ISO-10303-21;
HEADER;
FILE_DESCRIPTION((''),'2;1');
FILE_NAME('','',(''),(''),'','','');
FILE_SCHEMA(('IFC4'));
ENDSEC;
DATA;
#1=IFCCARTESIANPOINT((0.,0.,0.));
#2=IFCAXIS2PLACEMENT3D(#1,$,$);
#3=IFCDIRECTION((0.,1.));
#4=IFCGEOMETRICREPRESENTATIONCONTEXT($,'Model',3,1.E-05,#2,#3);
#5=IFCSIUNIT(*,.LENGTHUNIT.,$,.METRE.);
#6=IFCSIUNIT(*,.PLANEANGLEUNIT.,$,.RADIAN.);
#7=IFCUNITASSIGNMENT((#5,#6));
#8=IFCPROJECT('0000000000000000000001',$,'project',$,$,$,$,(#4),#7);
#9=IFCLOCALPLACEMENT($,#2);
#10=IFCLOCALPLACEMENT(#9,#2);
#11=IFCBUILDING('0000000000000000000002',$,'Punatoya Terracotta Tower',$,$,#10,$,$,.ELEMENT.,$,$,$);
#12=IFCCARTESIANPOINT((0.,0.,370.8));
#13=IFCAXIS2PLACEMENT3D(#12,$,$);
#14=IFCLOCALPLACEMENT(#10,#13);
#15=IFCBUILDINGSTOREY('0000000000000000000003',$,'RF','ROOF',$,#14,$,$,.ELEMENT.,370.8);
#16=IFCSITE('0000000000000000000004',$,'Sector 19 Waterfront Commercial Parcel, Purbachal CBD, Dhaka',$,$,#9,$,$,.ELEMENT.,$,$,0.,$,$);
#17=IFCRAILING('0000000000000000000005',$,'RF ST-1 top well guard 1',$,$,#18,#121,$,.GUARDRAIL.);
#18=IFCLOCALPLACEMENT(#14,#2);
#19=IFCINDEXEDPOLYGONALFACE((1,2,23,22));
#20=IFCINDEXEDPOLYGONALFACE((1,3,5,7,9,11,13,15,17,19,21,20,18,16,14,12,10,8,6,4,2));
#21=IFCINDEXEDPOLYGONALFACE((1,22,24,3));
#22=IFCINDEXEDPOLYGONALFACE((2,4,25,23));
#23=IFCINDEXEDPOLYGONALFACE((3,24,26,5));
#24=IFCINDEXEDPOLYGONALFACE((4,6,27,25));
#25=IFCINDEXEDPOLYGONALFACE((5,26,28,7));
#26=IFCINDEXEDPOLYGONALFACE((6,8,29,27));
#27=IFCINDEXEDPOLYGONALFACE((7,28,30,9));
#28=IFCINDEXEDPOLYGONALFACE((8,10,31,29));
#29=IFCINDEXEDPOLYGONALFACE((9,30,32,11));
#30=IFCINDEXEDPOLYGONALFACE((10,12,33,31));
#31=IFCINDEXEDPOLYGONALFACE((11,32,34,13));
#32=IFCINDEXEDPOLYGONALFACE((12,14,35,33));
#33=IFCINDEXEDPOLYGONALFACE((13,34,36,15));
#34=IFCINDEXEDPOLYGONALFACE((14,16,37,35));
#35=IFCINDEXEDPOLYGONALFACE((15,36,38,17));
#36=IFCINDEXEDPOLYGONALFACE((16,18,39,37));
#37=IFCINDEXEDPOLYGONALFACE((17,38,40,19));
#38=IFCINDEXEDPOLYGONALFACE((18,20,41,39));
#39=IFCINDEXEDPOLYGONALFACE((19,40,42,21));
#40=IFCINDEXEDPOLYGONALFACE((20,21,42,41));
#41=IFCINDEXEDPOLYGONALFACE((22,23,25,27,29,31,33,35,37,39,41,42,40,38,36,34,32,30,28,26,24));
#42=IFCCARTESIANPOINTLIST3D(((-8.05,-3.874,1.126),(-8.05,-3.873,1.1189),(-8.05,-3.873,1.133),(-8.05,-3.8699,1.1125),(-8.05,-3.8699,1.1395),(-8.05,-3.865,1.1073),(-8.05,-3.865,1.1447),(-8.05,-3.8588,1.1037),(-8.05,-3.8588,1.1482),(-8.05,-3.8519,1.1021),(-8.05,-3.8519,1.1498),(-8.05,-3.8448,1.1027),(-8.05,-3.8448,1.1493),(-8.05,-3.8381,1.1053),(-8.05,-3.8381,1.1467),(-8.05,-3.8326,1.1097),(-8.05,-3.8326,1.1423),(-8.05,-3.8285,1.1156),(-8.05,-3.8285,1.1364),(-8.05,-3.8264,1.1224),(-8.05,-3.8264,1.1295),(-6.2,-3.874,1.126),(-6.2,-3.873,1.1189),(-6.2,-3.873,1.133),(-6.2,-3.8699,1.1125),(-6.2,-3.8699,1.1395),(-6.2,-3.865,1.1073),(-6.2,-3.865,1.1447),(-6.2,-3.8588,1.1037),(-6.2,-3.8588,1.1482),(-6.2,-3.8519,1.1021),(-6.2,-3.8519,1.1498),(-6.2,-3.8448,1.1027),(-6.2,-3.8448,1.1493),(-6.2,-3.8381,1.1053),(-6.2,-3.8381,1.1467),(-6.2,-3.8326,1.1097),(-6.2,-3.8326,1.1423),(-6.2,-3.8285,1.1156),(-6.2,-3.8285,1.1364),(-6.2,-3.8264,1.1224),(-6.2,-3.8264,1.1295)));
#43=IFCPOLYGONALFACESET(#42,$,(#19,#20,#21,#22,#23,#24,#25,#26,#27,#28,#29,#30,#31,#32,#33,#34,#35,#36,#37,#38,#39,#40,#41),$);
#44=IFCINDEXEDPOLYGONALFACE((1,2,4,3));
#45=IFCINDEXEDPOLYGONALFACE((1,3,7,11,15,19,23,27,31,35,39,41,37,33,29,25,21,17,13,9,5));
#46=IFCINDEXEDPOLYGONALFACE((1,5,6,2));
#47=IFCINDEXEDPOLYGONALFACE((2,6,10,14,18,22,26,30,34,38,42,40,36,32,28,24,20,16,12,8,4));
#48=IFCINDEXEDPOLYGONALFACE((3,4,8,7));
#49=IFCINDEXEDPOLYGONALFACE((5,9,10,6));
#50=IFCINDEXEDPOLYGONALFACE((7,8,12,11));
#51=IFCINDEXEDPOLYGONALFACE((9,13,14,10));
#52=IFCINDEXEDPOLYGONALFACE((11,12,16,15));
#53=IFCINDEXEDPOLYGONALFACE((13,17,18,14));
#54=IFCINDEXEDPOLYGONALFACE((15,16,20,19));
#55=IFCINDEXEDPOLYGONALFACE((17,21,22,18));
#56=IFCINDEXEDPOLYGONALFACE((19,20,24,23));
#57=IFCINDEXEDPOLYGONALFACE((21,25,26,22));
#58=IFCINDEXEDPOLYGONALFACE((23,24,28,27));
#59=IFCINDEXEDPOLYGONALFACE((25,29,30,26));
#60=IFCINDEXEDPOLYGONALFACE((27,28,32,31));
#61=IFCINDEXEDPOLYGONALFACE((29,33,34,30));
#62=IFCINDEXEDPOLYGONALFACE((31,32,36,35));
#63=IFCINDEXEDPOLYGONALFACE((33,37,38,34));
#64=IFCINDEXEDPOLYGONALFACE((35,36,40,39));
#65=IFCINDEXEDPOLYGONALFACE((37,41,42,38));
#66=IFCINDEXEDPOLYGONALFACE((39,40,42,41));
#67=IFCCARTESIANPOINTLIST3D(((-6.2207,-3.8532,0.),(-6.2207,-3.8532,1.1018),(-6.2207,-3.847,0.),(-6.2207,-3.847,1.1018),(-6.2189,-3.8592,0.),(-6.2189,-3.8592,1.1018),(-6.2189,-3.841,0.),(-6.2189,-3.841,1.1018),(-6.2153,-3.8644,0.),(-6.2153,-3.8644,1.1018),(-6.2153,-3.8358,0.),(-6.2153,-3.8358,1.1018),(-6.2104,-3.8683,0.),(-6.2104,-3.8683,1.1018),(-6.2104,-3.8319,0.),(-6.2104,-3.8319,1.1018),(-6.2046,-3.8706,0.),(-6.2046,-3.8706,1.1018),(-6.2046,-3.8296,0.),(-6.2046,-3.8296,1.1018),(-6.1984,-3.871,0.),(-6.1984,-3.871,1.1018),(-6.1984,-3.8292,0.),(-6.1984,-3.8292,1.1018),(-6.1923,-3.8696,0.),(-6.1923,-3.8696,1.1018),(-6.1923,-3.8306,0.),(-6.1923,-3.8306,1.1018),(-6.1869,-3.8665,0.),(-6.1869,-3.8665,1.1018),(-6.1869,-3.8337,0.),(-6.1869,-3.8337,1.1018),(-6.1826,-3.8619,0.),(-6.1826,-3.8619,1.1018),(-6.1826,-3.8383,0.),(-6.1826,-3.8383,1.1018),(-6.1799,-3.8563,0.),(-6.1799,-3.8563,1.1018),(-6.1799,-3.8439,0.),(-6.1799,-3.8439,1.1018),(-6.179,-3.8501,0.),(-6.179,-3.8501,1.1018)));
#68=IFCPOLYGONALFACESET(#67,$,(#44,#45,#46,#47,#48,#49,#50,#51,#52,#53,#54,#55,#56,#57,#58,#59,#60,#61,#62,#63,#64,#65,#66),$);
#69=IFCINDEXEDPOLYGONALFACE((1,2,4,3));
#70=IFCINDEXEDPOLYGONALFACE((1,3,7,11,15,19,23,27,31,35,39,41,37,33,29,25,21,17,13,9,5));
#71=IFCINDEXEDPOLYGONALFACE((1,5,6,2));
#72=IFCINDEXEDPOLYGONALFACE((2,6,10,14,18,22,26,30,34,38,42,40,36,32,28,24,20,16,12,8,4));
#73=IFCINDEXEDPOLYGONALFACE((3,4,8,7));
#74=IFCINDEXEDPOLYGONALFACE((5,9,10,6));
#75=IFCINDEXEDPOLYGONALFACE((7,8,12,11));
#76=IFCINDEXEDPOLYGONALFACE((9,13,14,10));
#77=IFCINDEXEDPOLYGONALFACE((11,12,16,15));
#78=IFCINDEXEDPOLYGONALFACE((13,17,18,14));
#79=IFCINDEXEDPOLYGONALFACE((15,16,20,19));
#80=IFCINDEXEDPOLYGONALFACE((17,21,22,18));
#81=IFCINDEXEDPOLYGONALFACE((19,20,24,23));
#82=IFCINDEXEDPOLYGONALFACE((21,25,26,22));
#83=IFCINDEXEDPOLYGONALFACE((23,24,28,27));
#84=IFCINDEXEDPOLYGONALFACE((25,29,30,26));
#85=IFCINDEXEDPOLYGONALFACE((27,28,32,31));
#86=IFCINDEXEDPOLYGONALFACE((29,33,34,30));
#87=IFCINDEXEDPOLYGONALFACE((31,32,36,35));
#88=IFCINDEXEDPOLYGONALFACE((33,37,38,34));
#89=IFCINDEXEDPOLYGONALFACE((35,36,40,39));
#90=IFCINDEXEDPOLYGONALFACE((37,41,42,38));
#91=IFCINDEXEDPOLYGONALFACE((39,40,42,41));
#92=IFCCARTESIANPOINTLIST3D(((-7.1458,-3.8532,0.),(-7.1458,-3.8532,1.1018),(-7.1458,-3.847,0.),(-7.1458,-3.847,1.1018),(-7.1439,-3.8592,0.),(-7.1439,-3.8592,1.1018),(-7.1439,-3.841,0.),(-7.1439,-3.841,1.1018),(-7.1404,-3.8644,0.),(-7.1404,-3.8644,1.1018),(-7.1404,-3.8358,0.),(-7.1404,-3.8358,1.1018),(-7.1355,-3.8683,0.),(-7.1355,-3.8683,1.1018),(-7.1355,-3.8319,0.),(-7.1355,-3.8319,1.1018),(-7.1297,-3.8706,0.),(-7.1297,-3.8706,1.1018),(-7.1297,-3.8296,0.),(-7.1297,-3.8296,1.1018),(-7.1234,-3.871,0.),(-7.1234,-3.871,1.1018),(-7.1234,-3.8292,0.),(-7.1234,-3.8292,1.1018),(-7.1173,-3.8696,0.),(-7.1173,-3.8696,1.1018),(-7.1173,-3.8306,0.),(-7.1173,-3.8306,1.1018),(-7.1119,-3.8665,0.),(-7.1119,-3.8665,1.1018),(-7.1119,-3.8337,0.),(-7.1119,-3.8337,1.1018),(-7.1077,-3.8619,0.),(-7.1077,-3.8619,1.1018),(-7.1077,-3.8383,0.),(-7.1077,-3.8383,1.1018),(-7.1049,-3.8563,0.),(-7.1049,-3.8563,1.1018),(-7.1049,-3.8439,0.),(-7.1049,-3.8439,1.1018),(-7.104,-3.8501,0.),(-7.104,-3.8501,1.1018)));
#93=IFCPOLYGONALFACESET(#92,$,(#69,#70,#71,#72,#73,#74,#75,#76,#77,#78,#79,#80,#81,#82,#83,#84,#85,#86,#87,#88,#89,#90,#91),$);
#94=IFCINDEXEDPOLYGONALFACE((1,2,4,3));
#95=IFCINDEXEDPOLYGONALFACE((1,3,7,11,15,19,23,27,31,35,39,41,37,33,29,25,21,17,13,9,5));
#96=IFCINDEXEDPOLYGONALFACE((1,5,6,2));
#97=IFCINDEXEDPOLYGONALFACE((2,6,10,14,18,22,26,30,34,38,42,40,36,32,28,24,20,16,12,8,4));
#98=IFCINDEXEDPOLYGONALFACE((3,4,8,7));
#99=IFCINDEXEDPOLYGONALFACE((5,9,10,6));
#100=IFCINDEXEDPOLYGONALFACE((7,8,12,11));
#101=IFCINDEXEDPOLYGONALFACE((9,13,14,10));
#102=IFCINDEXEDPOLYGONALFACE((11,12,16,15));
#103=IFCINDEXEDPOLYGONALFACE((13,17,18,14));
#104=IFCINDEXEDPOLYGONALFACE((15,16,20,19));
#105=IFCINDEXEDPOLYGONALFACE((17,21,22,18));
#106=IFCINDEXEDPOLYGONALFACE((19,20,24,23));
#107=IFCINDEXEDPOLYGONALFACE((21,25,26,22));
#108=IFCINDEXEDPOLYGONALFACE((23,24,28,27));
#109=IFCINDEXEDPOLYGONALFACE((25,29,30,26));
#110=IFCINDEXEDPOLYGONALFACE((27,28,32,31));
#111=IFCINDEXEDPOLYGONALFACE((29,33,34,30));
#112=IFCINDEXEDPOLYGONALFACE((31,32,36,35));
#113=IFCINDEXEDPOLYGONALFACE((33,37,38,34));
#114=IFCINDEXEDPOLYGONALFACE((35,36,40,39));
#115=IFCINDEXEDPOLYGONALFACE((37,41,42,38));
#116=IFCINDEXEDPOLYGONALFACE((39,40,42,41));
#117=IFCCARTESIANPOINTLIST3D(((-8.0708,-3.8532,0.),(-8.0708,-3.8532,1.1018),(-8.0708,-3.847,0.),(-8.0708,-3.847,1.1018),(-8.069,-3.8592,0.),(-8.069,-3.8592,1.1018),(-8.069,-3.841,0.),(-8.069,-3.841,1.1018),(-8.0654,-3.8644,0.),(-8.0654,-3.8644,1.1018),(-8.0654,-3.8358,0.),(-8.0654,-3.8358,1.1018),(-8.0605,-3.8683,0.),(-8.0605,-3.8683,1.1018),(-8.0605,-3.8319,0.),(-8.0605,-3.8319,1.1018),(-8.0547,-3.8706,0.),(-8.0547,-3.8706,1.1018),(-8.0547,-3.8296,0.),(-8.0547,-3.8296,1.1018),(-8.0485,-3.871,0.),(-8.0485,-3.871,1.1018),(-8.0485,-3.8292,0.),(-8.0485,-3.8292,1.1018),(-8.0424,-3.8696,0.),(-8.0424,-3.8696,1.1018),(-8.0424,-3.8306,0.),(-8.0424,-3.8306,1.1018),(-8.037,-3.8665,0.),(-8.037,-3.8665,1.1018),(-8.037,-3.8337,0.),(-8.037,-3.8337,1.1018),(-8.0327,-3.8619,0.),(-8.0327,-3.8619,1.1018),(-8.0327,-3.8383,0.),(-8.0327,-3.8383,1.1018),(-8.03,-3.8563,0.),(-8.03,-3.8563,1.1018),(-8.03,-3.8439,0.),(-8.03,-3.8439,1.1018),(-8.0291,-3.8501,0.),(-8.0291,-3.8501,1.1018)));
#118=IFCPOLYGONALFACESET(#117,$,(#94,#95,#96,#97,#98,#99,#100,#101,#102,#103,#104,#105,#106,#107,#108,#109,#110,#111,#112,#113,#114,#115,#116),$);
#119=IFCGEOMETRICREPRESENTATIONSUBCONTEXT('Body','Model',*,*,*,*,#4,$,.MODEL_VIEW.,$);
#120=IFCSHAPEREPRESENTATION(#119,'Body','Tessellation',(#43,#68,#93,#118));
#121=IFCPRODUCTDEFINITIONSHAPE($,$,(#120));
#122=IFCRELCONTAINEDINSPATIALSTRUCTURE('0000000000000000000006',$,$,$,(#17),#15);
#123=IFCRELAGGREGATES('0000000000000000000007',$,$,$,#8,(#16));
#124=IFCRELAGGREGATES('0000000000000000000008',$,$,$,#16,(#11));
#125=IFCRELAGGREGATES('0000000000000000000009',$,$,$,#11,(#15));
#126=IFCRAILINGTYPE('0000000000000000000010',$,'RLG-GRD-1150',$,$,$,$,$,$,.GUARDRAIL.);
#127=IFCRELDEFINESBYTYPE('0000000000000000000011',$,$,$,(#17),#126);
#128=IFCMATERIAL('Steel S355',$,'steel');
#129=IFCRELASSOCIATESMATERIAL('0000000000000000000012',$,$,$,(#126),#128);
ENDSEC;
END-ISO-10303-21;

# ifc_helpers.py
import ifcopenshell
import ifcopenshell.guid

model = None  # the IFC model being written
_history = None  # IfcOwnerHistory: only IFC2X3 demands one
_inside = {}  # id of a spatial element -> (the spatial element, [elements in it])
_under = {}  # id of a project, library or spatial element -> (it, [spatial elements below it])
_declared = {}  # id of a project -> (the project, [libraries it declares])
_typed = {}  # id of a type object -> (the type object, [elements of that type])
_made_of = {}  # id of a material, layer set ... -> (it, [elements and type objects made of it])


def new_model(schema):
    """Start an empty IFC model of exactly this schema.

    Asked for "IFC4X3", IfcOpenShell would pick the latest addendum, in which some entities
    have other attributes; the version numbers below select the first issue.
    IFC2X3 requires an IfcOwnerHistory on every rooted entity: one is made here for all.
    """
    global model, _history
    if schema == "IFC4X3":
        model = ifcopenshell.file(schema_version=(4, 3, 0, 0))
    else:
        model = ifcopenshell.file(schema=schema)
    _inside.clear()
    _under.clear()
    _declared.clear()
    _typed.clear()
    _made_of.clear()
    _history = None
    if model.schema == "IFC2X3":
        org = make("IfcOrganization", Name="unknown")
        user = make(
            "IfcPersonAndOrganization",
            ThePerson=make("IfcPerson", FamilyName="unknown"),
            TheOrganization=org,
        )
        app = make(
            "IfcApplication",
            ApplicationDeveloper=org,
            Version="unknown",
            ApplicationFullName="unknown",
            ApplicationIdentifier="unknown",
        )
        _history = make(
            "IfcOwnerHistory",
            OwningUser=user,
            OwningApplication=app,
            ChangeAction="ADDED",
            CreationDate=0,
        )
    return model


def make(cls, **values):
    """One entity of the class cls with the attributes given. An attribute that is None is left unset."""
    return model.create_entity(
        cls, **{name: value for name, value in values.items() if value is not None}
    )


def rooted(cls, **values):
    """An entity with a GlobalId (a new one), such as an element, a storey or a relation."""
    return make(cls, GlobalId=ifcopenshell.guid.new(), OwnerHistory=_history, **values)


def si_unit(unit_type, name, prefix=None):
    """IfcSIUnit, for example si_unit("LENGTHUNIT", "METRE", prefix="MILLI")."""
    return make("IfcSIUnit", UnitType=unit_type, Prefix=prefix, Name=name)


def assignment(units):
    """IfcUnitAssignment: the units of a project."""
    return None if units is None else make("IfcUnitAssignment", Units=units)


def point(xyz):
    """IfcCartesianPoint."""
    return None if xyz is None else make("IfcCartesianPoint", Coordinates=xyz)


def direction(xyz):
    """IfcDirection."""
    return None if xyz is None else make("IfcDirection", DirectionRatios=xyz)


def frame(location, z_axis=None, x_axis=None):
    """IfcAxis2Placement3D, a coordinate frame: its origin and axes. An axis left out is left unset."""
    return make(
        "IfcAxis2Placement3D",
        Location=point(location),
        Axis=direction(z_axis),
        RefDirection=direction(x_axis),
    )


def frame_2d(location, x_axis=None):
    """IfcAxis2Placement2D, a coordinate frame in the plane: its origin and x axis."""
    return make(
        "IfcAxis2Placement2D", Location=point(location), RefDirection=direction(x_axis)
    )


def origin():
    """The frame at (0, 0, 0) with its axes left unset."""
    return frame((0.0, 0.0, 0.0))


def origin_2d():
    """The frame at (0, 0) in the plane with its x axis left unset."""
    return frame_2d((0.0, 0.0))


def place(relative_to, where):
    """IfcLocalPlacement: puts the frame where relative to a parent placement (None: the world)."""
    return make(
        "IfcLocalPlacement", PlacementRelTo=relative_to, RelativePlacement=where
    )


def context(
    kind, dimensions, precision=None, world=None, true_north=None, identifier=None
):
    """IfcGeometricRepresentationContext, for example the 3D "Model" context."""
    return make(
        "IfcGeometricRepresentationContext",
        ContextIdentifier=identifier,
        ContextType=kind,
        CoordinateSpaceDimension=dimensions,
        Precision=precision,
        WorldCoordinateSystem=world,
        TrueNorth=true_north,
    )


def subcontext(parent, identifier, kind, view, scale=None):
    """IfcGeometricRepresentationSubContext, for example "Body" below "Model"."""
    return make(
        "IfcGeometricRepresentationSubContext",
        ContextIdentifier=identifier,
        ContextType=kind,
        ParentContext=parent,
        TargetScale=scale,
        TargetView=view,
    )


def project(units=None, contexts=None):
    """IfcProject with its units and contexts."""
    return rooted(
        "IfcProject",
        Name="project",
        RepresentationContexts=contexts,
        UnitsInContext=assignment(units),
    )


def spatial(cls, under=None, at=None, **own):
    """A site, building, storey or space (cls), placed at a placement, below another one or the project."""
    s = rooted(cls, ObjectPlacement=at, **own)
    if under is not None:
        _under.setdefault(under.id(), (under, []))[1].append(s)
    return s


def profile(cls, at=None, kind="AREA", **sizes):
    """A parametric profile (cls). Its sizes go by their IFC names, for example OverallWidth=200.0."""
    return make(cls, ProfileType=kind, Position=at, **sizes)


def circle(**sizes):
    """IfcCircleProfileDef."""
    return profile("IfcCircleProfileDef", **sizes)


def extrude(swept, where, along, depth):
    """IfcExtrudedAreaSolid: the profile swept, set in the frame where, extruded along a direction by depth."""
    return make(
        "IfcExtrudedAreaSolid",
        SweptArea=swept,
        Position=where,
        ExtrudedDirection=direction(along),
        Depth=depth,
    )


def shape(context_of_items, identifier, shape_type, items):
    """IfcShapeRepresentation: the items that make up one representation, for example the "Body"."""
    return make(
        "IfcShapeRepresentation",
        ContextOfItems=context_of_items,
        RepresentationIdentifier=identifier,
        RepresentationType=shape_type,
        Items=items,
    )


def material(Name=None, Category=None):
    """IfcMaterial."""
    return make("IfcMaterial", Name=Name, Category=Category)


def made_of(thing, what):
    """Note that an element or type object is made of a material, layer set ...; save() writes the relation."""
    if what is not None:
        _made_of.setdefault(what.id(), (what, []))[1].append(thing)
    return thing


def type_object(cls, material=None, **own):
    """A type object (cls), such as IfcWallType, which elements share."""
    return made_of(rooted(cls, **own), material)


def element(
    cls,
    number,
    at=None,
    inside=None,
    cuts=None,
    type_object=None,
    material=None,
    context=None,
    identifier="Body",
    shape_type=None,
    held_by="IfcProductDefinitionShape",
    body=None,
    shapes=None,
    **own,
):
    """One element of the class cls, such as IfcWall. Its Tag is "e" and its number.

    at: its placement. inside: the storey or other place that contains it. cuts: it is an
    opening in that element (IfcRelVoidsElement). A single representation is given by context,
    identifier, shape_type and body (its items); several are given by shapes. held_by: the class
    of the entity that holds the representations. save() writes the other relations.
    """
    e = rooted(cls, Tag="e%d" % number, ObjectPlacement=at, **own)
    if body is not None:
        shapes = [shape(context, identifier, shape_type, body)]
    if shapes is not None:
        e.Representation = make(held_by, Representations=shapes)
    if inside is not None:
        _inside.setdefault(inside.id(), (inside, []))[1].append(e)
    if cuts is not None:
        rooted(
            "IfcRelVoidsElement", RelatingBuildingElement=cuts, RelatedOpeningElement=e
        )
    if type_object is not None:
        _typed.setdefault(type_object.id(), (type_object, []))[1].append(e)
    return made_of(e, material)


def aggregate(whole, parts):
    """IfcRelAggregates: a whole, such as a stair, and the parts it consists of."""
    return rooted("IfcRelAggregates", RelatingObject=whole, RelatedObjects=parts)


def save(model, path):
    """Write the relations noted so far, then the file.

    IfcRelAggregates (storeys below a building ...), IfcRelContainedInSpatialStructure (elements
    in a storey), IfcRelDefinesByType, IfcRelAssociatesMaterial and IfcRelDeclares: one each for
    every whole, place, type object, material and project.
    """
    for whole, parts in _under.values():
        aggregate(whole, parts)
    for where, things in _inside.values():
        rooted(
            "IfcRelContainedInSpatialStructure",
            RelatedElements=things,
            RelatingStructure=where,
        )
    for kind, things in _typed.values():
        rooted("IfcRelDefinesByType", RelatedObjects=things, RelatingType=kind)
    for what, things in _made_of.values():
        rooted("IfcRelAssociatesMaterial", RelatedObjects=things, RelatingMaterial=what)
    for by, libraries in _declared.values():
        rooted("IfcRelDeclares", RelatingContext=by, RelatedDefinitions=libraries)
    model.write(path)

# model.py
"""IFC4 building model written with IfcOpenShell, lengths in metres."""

from ifc_helpers import new_model, si_unit, direction, frame, origin, origin_2d, place, context, subcontext, project, spatial, circle, extrude, material, type_object, element, save


model = new_model("IFC4")

# Units and contexts
model_context = context("Model", 3, precision=1e-05, world=origin(), true_north=direction((0.0, 1.0)))
body_context = subcontext(model_context, "Body", "Model", "MODEL_VIEW")
ifc_project = project(units=[si_unit("LENGTHUNIT", "METRE"), si_unit("PLANEANGLEUNIT", "RADIAN")], contexts=[model_context])

# Site, building, storey
site_placement = place(None, origin())
site = spatial("IfcSite", under=ifc_project, at=site_placement, Name="Sector 19 Waterfront Commercial Parcel, Purbachal CBD, Dhaka", CompositionType="ELEMENT", RefElevation=0.0)
building_placement = place(site_placement, origin())
building = spatial("IfcBuilding", under=site, at=building_placement, Name="Punatoya Terracotta Tower", CompositionType="ELEMENT")
storey_placement = place(building_placement, frame((0.0, 0.0, 370.8)))
storey = spatial("IfcBuildingStorey", under=building, at=storey_placement, Name="RF", Description="ROOF", CompositionType="ELEMENT", Elevation=370.8)

# Shared definitions
ifc_material_1 = material(Name="Steel S355", Category="steel")

# Railing
railing_type = type_object("IfcRailingType", Name="RLG-GRD-1150", PredefinedType="GUARDRAIL", material=ifc_material_1)
railing_1_placement = place(storey_placement, frame((-6.2, -3.8501, 0.0)))
element("IfcRailing", 1, at=railing_1_placement, inside=storey, type_object=railing_type, Name="RF ST-1 top well guard 1", PredefinedType="GUARDRAIL", context=body_context, shape_type="SweptSolid", body=[
    extrude(circle(Radius=0.0239, at=origin_2d()), frame((0.0, 0.0, 1.126), z_axis=(-1.0, 0.0, 0.0), x_axis=(0.0, -1.0, 0.0)), (0.0, 0.0, 1.0), 1.8501),
    extrude(circle(Radius=0.021, at=origin_2d()), origin(), (0.0, 0.0, 1.0), 1.1018),
    extrude(circle(Radius=0.021, at=origin_2d()), frame((-0.925, 0.0, 0.0)), (0.0, 0.0, 1.0), 1.1018),
    extrude(circle(Radius=0.021, at=origin_2d()), frame((-1.8501, 0.0, 0.0)), (0.0, 0.0, 1.0), 1.1018),
])

save(model, "model.ifc")
